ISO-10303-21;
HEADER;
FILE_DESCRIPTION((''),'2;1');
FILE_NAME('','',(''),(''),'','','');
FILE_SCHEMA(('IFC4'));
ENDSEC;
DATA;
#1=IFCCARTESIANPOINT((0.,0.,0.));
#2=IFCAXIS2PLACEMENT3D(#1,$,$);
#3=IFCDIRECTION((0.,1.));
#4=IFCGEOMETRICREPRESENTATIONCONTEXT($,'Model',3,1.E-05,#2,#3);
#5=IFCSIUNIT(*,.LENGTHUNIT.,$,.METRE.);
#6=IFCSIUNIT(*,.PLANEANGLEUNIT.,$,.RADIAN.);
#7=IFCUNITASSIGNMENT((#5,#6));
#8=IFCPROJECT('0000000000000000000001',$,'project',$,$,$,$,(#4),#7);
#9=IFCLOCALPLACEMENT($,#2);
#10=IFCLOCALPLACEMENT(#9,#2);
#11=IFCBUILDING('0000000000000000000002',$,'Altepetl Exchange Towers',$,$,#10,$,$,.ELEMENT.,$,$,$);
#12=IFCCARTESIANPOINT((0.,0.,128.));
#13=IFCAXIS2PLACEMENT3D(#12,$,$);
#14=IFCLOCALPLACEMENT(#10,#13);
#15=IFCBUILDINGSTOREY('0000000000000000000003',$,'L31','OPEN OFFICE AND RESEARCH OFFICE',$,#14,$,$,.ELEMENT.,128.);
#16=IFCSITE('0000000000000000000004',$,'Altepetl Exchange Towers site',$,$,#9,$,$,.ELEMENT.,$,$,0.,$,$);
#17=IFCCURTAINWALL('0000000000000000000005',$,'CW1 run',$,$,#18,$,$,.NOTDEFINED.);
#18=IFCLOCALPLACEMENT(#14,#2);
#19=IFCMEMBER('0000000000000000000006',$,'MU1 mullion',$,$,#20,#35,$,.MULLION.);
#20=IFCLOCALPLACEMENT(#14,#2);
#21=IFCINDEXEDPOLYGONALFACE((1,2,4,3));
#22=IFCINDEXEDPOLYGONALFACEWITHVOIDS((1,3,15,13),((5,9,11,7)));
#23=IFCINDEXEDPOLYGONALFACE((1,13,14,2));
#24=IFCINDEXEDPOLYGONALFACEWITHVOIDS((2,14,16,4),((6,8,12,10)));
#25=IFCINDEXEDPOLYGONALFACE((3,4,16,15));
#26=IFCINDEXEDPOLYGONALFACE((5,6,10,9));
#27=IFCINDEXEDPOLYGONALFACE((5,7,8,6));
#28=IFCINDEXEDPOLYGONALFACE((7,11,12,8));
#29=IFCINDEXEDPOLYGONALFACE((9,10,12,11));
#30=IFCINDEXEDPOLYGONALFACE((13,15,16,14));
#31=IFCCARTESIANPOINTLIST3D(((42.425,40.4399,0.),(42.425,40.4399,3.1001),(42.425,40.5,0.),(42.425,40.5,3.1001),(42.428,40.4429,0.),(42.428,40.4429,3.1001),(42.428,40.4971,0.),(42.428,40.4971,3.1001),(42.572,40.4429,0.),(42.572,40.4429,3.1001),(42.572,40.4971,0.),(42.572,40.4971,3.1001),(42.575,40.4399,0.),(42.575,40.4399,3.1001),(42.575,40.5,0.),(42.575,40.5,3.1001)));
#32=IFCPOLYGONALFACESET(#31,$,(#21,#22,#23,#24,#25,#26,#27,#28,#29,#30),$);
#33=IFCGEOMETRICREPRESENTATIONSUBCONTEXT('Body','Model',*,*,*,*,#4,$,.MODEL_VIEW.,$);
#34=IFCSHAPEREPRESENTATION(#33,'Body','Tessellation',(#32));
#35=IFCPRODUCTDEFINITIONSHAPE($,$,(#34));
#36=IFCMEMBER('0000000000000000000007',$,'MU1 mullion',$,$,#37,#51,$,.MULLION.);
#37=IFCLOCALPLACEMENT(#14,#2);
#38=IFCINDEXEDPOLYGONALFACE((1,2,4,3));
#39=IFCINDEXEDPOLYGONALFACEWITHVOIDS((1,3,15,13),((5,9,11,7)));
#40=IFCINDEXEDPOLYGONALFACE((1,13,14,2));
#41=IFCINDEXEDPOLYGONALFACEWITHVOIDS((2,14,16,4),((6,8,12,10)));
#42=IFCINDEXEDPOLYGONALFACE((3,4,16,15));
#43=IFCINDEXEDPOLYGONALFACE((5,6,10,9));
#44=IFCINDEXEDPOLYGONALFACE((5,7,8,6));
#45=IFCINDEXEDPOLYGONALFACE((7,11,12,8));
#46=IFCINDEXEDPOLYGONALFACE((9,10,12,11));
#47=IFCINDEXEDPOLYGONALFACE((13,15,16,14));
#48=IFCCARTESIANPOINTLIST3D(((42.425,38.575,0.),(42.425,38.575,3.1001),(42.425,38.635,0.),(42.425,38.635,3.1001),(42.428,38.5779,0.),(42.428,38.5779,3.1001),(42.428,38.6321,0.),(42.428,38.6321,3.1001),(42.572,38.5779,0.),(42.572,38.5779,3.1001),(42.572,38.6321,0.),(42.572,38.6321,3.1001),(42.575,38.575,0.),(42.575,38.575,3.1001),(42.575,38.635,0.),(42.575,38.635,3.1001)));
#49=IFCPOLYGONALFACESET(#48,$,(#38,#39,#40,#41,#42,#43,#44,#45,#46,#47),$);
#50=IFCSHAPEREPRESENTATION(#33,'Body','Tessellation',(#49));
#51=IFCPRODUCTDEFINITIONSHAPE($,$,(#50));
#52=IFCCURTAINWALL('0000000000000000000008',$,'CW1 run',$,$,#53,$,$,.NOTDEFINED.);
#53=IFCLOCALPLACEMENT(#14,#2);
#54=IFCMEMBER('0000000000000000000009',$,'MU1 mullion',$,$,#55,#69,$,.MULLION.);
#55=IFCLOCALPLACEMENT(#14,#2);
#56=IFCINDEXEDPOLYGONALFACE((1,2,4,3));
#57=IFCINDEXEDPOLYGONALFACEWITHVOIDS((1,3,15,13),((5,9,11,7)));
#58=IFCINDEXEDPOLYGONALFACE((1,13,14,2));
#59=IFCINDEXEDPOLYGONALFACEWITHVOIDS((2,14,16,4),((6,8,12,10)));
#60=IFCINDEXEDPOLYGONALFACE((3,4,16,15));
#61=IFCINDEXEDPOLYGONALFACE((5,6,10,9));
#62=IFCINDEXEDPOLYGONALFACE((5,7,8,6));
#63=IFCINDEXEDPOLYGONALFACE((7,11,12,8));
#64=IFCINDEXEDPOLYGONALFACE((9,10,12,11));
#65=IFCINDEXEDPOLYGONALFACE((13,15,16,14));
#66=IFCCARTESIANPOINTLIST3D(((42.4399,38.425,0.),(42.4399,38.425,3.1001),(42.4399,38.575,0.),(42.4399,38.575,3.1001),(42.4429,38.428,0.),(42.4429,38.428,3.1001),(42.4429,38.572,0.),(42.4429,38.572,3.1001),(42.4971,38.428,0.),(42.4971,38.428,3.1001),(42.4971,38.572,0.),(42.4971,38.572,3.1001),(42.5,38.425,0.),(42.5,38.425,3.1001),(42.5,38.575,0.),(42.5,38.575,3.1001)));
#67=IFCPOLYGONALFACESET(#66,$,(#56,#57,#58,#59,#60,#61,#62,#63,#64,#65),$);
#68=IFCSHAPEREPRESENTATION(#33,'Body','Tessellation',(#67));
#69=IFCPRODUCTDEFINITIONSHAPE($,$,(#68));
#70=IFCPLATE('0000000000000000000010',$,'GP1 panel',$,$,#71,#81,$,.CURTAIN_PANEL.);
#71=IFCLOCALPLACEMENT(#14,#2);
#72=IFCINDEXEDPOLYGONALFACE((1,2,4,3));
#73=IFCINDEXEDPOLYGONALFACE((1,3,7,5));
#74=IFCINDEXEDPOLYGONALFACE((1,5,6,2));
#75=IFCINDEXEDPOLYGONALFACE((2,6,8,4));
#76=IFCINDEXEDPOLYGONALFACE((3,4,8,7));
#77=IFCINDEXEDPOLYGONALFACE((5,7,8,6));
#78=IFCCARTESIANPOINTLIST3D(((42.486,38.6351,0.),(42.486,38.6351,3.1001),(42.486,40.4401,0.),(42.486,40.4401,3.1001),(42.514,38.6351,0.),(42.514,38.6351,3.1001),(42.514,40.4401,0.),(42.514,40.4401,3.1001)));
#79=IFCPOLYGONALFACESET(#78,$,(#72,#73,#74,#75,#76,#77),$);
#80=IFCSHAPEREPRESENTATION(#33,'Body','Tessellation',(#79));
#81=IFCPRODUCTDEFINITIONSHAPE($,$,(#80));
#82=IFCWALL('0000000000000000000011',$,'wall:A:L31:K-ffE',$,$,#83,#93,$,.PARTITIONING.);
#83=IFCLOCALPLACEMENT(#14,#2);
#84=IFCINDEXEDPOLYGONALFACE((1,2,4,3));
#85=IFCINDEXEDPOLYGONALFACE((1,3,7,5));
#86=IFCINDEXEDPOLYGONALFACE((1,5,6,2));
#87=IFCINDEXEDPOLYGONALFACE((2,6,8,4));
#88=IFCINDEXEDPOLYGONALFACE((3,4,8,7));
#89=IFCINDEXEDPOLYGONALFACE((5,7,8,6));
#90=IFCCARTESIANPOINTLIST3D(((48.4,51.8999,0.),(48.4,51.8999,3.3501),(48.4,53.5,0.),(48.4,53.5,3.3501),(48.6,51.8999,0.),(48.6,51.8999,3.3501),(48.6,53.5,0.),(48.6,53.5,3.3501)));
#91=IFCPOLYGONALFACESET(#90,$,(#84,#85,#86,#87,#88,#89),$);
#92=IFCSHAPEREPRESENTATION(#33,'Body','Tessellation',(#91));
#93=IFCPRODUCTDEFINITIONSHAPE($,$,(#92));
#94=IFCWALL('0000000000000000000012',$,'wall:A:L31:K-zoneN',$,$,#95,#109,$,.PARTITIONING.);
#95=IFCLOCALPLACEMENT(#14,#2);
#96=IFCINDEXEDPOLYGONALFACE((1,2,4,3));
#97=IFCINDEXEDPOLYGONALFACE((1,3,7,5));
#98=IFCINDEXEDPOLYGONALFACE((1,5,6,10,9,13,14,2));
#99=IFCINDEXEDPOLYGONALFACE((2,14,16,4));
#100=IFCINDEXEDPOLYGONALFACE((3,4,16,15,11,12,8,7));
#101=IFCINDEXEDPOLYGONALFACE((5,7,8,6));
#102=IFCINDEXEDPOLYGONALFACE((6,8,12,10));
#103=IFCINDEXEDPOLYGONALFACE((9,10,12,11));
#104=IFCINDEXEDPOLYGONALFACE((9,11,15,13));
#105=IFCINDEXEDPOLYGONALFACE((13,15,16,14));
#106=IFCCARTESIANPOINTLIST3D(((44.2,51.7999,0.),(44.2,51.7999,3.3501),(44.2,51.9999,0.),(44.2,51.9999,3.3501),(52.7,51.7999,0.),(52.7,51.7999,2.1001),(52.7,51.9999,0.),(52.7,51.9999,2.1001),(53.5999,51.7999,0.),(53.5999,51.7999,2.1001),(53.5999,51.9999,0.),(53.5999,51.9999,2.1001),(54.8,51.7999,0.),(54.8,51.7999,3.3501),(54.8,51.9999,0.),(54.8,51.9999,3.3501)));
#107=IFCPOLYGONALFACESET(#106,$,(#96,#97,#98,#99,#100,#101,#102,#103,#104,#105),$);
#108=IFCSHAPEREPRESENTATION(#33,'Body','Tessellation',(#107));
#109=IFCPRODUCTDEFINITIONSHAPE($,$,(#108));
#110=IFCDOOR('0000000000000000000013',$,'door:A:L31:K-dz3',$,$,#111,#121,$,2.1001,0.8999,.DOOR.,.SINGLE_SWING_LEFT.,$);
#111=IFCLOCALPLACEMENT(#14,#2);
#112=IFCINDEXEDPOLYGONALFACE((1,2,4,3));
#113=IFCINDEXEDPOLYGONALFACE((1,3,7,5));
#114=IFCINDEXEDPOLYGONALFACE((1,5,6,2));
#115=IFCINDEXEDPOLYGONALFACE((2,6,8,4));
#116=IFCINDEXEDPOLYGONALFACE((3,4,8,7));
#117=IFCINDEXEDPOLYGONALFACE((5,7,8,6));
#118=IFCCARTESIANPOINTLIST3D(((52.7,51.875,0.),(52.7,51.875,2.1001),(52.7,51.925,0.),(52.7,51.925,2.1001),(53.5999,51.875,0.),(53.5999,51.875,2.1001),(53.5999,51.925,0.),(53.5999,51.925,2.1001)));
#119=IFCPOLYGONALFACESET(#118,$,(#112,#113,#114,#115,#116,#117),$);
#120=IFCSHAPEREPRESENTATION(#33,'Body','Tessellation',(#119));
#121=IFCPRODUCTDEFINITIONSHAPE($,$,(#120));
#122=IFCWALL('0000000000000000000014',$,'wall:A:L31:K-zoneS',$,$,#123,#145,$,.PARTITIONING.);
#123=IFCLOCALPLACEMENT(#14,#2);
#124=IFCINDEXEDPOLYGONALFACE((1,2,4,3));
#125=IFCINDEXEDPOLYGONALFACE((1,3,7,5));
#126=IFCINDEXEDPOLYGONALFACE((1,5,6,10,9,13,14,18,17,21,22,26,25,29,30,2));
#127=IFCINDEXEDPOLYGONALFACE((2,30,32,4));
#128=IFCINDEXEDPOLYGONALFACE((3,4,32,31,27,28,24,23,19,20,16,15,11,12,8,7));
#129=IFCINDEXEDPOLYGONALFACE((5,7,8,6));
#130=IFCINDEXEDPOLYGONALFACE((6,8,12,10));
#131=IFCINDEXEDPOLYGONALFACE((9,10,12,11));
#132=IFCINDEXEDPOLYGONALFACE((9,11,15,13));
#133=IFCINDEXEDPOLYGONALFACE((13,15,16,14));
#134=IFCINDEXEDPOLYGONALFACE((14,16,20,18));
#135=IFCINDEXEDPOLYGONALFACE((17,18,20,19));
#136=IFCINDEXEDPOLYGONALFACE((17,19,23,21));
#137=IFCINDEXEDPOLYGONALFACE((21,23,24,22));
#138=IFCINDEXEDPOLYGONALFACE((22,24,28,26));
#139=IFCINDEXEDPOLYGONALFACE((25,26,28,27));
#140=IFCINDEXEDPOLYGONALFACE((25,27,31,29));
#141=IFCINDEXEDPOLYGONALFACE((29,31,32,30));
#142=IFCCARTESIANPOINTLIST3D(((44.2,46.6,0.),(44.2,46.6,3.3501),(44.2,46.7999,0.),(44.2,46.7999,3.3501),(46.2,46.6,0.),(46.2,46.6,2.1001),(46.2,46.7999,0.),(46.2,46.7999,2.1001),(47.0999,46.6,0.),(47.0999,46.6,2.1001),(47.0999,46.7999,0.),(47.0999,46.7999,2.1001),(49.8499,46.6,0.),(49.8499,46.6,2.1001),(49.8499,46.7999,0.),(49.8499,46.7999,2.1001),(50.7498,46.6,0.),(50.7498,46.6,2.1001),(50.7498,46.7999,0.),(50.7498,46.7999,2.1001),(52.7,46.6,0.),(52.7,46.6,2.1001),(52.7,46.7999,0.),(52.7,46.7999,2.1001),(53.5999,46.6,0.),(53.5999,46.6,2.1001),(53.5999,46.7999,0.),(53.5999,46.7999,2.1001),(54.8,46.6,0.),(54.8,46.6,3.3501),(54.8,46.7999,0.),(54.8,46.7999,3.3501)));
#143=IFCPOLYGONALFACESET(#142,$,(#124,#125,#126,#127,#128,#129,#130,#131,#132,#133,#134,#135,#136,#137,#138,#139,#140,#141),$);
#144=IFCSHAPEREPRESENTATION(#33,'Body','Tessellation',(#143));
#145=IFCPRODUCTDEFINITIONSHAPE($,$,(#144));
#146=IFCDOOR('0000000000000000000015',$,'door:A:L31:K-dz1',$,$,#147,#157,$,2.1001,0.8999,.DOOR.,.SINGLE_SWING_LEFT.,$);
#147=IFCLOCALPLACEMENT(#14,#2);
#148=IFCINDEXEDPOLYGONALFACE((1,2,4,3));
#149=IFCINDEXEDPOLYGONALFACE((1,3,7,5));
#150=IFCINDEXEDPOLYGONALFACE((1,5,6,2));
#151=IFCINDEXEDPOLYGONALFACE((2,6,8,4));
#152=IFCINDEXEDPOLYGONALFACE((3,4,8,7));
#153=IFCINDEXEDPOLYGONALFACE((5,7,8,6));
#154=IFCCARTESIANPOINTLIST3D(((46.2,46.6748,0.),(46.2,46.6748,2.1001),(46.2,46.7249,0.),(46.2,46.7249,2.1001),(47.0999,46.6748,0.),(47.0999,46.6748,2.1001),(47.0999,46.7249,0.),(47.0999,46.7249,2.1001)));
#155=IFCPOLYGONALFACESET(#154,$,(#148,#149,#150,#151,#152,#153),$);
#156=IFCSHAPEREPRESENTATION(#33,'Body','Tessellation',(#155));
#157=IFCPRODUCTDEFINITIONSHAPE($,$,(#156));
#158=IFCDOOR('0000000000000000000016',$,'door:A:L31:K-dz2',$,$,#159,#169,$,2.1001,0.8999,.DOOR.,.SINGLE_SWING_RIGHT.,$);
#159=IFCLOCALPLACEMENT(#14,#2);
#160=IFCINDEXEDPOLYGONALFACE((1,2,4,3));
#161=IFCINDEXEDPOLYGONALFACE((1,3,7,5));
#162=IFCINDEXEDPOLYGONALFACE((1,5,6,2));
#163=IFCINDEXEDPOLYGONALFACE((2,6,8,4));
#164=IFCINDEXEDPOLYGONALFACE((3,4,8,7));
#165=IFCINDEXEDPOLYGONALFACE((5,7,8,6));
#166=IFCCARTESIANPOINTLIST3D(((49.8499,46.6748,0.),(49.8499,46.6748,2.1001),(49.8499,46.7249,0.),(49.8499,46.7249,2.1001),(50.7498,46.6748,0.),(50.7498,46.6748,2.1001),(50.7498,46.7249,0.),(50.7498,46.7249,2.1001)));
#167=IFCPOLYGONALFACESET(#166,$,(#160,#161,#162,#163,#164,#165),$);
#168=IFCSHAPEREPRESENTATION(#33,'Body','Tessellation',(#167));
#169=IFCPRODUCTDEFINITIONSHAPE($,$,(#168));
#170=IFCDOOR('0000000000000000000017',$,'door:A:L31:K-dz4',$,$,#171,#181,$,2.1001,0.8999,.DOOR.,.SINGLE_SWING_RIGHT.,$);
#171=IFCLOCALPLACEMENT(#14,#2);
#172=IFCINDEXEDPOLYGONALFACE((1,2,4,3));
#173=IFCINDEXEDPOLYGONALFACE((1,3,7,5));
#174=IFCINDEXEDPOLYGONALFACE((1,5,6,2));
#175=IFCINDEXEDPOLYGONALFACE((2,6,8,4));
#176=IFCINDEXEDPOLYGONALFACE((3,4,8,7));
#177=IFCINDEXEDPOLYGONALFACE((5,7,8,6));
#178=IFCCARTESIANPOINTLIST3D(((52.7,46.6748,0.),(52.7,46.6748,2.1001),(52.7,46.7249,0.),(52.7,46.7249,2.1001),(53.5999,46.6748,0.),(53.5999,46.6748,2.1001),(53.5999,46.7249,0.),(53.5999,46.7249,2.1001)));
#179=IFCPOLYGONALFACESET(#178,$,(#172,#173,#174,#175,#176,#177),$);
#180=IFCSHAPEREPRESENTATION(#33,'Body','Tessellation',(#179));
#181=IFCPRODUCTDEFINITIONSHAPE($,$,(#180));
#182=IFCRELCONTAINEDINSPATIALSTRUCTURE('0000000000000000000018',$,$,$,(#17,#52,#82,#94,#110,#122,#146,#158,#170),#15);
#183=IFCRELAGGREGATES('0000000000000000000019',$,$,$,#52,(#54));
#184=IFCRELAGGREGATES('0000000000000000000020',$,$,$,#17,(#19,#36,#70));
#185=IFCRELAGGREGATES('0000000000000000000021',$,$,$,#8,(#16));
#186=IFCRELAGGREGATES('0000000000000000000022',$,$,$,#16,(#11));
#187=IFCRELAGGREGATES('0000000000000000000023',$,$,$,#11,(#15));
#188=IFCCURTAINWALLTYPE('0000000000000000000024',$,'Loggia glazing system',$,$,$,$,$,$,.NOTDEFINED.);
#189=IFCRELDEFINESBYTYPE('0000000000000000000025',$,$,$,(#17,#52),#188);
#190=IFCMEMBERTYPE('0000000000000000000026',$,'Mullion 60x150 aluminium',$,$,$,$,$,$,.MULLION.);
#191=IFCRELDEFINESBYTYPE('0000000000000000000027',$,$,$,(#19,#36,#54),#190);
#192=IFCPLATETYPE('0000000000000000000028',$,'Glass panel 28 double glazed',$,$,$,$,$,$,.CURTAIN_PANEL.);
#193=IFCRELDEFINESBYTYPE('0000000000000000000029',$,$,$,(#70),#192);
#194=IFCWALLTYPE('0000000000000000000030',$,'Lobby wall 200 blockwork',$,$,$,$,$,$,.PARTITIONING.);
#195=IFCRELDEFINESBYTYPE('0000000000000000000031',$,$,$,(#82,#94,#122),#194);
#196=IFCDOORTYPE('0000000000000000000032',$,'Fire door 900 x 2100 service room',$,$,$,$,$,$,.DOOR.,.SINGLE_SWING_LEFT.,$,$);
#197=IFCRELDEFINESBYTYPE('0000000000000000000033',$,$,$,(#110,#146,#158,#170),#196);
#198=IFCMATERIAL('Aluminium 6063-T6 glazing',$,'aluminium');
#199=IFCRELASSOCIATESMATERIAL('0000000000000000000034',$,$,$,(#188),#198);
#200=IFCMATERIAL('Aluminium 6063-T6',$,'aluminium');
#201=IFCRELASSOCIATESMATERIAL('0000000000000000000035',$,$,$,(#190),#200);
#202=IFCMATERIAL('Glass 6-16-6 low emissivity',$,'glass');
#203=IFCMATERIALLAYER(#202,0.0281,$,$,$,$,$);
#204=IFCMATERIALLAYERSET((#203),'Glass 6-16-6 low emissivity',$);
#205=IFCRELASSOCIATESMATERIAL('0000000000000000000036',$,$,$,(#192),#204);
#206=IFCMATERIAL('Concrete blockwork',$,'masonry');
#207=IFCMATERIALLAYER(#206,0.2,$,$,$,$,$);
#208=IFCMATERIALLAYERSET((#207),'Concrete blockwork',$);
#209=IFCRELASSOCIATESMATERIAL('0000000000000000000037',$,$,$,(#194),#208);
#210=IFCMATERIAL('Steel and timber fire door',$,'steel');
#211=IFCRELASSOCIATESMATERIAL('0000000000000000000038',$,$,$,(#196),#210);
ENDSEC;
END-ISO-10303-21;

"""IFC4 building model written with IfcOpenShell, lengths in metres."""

from ifc_helpers import new_model, si_unit, direction, frame, frame_2d, origin, origin_2d, place, context, subcontext, project, spatial, rectangle, hollow_rectangle, extrude, material, layer, layer_set, material_profile, profile_set, type_object, element, fill, aggregate, save


model = new_model("IFC4")

# Units and contexts
model_context = context("Model", 3, precision=1e-05, world=origin(), true_north=direction((0.0, 1.0)))
body_context = subcontext(model_context, "Body", "Model", "MODEL_VIEW")
ifc_project = project(units=[si_unit("LENGTHUNIT", "METRE"), si_unit("PLANEANGLEUNIT", "RADIAN")], contexts=[model_context])

# Site, building, storey
site_placement = place(None, origin())
site = spatial("IfcSite", under=ifc_project, at=site_placement, Name="Altepetl Exchange Towers site", CompositionType="ELEMENT", RefElevation=0.0)
building_placement = place(site_placement, origin())
building = spatial("IfcBuilding", under=site, at=building_placement, Name="Altepetl Exchange Towers", CompositionType="ELEMENT")
storey_placement = place(building_placement, frame((0.0, 0.0, 128.0)))
storey = spatial("IfcBuildingStorey", under=building, at=storey_placement, Name="L31", Description="OPEN OFFICE AND RESEARCH OFFICE", CompositionType="ELEMENT", Elevation=128.0)

# Curtain wall, members
ifc_material_1 = material(Name="Aluminium 6063-T6 glazing", Category="aluminium")
curtain_wall_type = type_object("IfcCurtainWallType", Name="Loggia glazing system", PredefinedType="NOTDEFINED", material=ifc_material_1)
curtain_wall_1_placement = place(storey_placement, origin())
curtain_wall_1 = element("IfcCurtainWall", 1, at=curtain_wall_1_placement, inside=storey, type_object=curtain_wall_type, Name="CW1 run", PredefinedType="NOTDEFINED")
ifc_material_2 = material(Name="Aluminium 6063-T6", Category="aluminium")
ifc_material_profile = material_profile(ifc_material_2, hollow_rectangle(XDim=0.0601, YDim=0.1499, WallThickness=0.0029, at=origin_2d()), Name="Mullion 60x150 aluminium")
ifc_profile_set = profile_set([ifc_material_profile], Name="Aluminium 6063-T6")
member_type = type_object("IfcMemberType", Name="Mullion 60x150 aluminium", PredefinedType="MULLION", material=ifc_profile_set)
member_1_placement = place(storey_placement, frame((42.5, 40.47, 0.0), z_axis=(0.0, 0.0, 1.0), x_axis=(0.0, -1.0, 0.0)))
member_1 = element("IfcMember", 2, at=member_1_placement, type_object=member_type, Name="MU1 mullion", PredefinedType="MULLION", context=body_context, shape_type="SweptSolid", body=[
    extrude(hollow_rectangle(XDim=0.0601, YDim=0.1499, WallThickness=0.0029, at=origin_2d()), origin(), (0.0, 0.0, 1.0), 3.1001),
])
member_2_placement = place(storey_placement, frame((42.5, 38.605, 0.0), z_axis=(0.0, 0.0, 1.0), x_axis=(0.0, -1.0, 0.0)))
member_2 = element("IfcMember", 3, at=member_2_placement, type_object=member_type, Name="MU1 mullion", PredefinedType="MULLION", context=body_context, shape_type="SweptSolid", body=[
    extrude(hollow_rectangle(XDim=0.0601, YDim=0.1499, WallThickness=0.0029, at=origin_2d()), origin(), (0.0, 0.0, 1.0), 3.1001),
])

# Curtain wall, member
curtain_wall_2_placement = place(storey_placement, origin())
curtain_wall_2 = element("IfcCurtainWall", 4, at=curtain_wall_2_placement, inside=storey, type_object=curtain_wall_type, Name="CW1 run", PredefinedType="NOTDEFINED")
member_3_placement = place(storey_placement, frame((42.47, 38.5, 0.0), z_axis=(0.0, 0.0, 1.0), x_axis=(-1.0, 0.0, 0.0)))
member_3 = element("IfcMember", 5, at=member_3_placement, type_object=member_type, Name="MU1 mullion", PredefinedType="MULLION", context=body_context, shape_type="SweptSolid", body=[
    extrude(hollow_rectangle(XDim=0.0601, YDim=0.1499, WallThickness=0.0029, at=origin_2d()), origin(), (0.0, 0.0, 1.0), 3.1001),
])
aggregate(curtain_wall_2, [member_3])

# Plate
ifc_material_3 = material(Name="Glass 6-16-6 low emissivity", Category="glass")
ifc_layer_1 = layer(ifc_material_3, 0.0281)
ifc_layer_set_1 = layer_set([ifc_layer_1], Name="Glass 6-16-6 low emissivity")
plate_type = type_object("IfcPlateType", Name="Glass panel 28 double glazed", PredefinedType="CURTAIN_PANEL", material=ifc_layer_set_1)
plate_placement = place(storey_placement, frame((42.5, 39.5376, 0.0), z_axis=(0.0, 0.0, 1.0), x_axis=(0.0, -1.0, 0.0)))
plate = element("IfcPlate", 6, at=plate_placement, type_object=plate_type, Name="GP1 panel", PredefinedType="CURTAIN_PANEL", context=body_context, shape_type="SweptSolid", body=[
    extrude(rectangle(XDim=1.8049, YDim=0.0281, at=origin_2d()), origin(), (0.0, 0.0, 1.0), 3.1001),
])
aggregate(curtain_wall_1, [member_1, member_2, plate])

# Wall
ifc_material_4 = material(Name="Concrete blockwork", Category="masonry")
ifc_layer_2 = layer(ifc_material_4, 0.2)
ifc_layer_set_2 = layer_set([ifc_layer_2], Name="Concrete blockwork")
wall_type_1 = type_object("IfcWallType", Name="Lobby wall 200 blockwork", PredefinedType="PARTITIONING", material=ifc_layer_set_2)
wall_1_placement = place(storey_placement, frame((48.5, 51.8999, 0.0), z_axis=(0.0, 0.0, 1.0), x_axis=(0.0, 1.0, 0.0)))
element("IfcWall", 7, at=wall_1_placement, inside=storey, type_object=wall_type_1, Name="wall:A:L31:K-ffE", PredefinedType="PARTITIONING", context=body_context, shape_type="SweptSolid", body=[
    extrude(rectangle(XDim=1.6001, YDim=0.2, at=frame_2d((0.8, 0.0))), origin(), (0.0, 0.0, 1.0), 3.3501),
])

# Wall, opening, door
wall_2_placement = place(storey_placement, frame((44.2, 51.8999, 0.0)))
wall_2 = element("IfcWall", 8, at=wall_2_placement, inside=storey, type_object=wall_type_1, Name="wall:A:L31:K-zoneN", PredefinedType="PARTITIONING", context=body_context, shape_type="SweptSolid", body=[
    extrude(rectangle(XDim=10.6001, YDim=0.2, at=frame_2d((5.3, 0.0))), origin(), (0.0, 0.0, 1.0), 3.3501),
])
opening_1_placement = place(wall_2_placement, frame((8.5, 0.0, 0.0)))
opening_1 = element("IfcOpeningElement", 9, at=opening_1_placement, cuts=wall_2, PredefinedType="OPENING", context=body_context, shape_type="SweptSolid", body=[
    extrude(rectangle(XDim=0.8999, YDim=2.1001, at=frame_2d((0.45, 1.05))), frame((0.0, 0.1099, 0.0), z_axis=(0.0, -1.0, 0.0), x_axis=(1.0, 0.0, 0.0)), (0.0, 0.0, 1.0), 0.22),
])
ifc_material_5 = material(Name="Steel and timber fire door", Category="steel")
door_type = type_object("IfcDoorType", Name="Fire door 900 x 2100 service room", OperationType="SINGLE_SWING_LEFT", PredefinedType="DOOR", material=ifc_material_5)
door_1_placement = place(opening_1_placement, frame((0.8999, 0.0, 0.0), x_axis=(-1.0, 0.0, 0.0)))
door_1 = element("IfcDoor", 10, at=door_1_placement, inside=storey, type_object=door_type, Name="door:A:L31:K-dz3", OperationType="SINGLE_SWING_LEFT", OverallHeight=2.1001, OverallWidth=0.8999, PredefinedType="DOOR", context=body_context, shape_type="SweptSolid", body=[
    extrude(rectangle(XDim=0.8999, YDim=2.1001, at=frame_2d((0.45, 1.05))), frame((0.0, 0.0249, 0.0), z_axis=(0.0, -1.0, 0.0), x_axis=(1.0, 0.0, 0.0)), (0.0, 0.0, 1.0), 0.05),
])
fill(opening_1, door_1)

# Wall, openings, doors
wall_3_placement = place(storey_placement, frame((44.2, 46.7, 0.0)))
wall_3 = element("IfcWall", 11, at=wall_3_placement, inside=storey, type_object=wall_type_1, Name="wall:A:L31:K-zoneS", PredefinedType="PARTITIONING", context=body_context, shape_type="SweptSolid", body=[
    extrude(rectangle(XDim=10.6001, YDim=0.2, at=frame_2d((5.3, 0.0))), origin(), (0.0, 0.0, 1.0), 3.3501),
])
opening_2_placement = place(wall_3_placement, frame((2.0, 0.0, 0.0)))
opening_2 = element("IfcOpeningElement", 12, at=opening_2_placement, cuts=wall_3, PredefinedType="OPENING", context=body_context, shape_type="SweptSolid", body=[
    extrude(rectangle(XDim=0.8999, YDim=2.1001, at=frame_2d((0.45, 1.05))), frame((0.0, 0.1099, 0.0), z_axis=(0.0, -1.0, 0.0), x_axis=(1.0, 0.0, 0.0)), (0.0, 0.0, 1.0), 0.22),
])
opening_3_placement = place(wall_3_placement, frame((5.6499, 0.0, 0.0)))
opening_3 = element("IfcOpeningElement", 13, at=opening_3_placement, cuts=wall_3, PredefinedType="OPENING", context=body_context, shape_type="SweptSolid", body=[
    extrude(rectangle(XDim=0.8999, YDim=2.1001, at=frame_2d((0.45, 1.05))), frame((0.0, 0.1099, 0.0), z_axis=(0.0, -1.0, 0.0), x_axis=(1.0, 0.0, 0.0)), (0.0, 0.0, 1.0), 0.22),
])
opening_4_placement = place(wall_3_placement, frame((8.5, 0.0, 0.0)))
opening_4 = element("IfcOpeningElement", 14, at=opening_4_placement, cuts=wall_3, PredefinedType="OPENING", context=body_context, shape_type="SweptSolid", body=[
    extrude(rectangle(XDim=0.8999, YDim=2.1001, at=frame_2d((0.45, 1.05))), frame((0.0, 0.1099, 0.0), z_axis=(0.0, -1.0, 0.0), x_axis=(1.0, 0.0, 0.0)), (0.0, 0.0, 1.0), 0.22),
])
door_2_placement = place(opening_2_placement, origin())
door_2 = element("IfcDoor", 15, at=door_2_placement, inside=storey, type_object=door_type, Name="door:A:L31:K-dz1", OperationType="SINGLE_SWING_LEFT", OverallHeight=2.1001, OverallWidth=0.8999, PredefinedType="DOOR", context=body_context, shape_type="SweptSolid", body=[
    extrude(rectangle(XDim=0.8999, YDim=2.1001, at=frame_2d((0.45, 1.05))), frame((0.0, 0.0249, 0.0), z_axis=(0.0, -1.0, 0.0), x_axis=(1.0, 0.0, 0.0)), (0.0, 0.0, 1.0), 0.05),
])
fill(opening_2, door_2)
door_3_placement = place(opening_3_placement, origin())
door_3 = element("IfcDoor", 16, at=door_3_placement, inside=storey, type_object=door_type, Name="door:A:L31:K-dz2", OperationType="SINGLE_SWING_RIGHT", OverallHeight=2.1001, OverallWidth=0.8999, PredefinedType="DOOR", context=body_context, shape_type="SweptSolid", body=[
    extrude(rectangle(XDim=0.8999, YDim=2.1001, at=frame_2d((0.45, 1.05))), frame((0.0, 0.0249, 0.0), z_axis=(0.0, -1.0, 0.0), x_axis=(1.0, 0.0, 0.0)), (0.0, 0.0, 1.0), 0.05),
])
fill(opening_3, door_3)
door_4_placement = place(opening_4_placement, origin())
door_4 = element("IfcDoor", 17, at=door_4_placement, inside=storey, type_object=door_type, Name="door:A:L31:K-dz4", OperationType="SINGLE_SWING_RIGHT", OverallHeight=2.1001, OverallWidth=0.8999, PredefinedType="DOOR", context=body_context, shape_type="SweptSolid", body=[
    extrude(rectangle(XDim=0.8999, YDim=2.1001, at=frame_2d((0.45, 1.05))), frame((0.0, 0.0249, 0.0), z_axis=(0.0, -1.0, 0.0), x_axis=(1.0, 0.0, 0.0)), (0.0, 0.0, 1.0), 0.05),
])
fill(opening_4, door_4)

save(model, "model.ifc")
